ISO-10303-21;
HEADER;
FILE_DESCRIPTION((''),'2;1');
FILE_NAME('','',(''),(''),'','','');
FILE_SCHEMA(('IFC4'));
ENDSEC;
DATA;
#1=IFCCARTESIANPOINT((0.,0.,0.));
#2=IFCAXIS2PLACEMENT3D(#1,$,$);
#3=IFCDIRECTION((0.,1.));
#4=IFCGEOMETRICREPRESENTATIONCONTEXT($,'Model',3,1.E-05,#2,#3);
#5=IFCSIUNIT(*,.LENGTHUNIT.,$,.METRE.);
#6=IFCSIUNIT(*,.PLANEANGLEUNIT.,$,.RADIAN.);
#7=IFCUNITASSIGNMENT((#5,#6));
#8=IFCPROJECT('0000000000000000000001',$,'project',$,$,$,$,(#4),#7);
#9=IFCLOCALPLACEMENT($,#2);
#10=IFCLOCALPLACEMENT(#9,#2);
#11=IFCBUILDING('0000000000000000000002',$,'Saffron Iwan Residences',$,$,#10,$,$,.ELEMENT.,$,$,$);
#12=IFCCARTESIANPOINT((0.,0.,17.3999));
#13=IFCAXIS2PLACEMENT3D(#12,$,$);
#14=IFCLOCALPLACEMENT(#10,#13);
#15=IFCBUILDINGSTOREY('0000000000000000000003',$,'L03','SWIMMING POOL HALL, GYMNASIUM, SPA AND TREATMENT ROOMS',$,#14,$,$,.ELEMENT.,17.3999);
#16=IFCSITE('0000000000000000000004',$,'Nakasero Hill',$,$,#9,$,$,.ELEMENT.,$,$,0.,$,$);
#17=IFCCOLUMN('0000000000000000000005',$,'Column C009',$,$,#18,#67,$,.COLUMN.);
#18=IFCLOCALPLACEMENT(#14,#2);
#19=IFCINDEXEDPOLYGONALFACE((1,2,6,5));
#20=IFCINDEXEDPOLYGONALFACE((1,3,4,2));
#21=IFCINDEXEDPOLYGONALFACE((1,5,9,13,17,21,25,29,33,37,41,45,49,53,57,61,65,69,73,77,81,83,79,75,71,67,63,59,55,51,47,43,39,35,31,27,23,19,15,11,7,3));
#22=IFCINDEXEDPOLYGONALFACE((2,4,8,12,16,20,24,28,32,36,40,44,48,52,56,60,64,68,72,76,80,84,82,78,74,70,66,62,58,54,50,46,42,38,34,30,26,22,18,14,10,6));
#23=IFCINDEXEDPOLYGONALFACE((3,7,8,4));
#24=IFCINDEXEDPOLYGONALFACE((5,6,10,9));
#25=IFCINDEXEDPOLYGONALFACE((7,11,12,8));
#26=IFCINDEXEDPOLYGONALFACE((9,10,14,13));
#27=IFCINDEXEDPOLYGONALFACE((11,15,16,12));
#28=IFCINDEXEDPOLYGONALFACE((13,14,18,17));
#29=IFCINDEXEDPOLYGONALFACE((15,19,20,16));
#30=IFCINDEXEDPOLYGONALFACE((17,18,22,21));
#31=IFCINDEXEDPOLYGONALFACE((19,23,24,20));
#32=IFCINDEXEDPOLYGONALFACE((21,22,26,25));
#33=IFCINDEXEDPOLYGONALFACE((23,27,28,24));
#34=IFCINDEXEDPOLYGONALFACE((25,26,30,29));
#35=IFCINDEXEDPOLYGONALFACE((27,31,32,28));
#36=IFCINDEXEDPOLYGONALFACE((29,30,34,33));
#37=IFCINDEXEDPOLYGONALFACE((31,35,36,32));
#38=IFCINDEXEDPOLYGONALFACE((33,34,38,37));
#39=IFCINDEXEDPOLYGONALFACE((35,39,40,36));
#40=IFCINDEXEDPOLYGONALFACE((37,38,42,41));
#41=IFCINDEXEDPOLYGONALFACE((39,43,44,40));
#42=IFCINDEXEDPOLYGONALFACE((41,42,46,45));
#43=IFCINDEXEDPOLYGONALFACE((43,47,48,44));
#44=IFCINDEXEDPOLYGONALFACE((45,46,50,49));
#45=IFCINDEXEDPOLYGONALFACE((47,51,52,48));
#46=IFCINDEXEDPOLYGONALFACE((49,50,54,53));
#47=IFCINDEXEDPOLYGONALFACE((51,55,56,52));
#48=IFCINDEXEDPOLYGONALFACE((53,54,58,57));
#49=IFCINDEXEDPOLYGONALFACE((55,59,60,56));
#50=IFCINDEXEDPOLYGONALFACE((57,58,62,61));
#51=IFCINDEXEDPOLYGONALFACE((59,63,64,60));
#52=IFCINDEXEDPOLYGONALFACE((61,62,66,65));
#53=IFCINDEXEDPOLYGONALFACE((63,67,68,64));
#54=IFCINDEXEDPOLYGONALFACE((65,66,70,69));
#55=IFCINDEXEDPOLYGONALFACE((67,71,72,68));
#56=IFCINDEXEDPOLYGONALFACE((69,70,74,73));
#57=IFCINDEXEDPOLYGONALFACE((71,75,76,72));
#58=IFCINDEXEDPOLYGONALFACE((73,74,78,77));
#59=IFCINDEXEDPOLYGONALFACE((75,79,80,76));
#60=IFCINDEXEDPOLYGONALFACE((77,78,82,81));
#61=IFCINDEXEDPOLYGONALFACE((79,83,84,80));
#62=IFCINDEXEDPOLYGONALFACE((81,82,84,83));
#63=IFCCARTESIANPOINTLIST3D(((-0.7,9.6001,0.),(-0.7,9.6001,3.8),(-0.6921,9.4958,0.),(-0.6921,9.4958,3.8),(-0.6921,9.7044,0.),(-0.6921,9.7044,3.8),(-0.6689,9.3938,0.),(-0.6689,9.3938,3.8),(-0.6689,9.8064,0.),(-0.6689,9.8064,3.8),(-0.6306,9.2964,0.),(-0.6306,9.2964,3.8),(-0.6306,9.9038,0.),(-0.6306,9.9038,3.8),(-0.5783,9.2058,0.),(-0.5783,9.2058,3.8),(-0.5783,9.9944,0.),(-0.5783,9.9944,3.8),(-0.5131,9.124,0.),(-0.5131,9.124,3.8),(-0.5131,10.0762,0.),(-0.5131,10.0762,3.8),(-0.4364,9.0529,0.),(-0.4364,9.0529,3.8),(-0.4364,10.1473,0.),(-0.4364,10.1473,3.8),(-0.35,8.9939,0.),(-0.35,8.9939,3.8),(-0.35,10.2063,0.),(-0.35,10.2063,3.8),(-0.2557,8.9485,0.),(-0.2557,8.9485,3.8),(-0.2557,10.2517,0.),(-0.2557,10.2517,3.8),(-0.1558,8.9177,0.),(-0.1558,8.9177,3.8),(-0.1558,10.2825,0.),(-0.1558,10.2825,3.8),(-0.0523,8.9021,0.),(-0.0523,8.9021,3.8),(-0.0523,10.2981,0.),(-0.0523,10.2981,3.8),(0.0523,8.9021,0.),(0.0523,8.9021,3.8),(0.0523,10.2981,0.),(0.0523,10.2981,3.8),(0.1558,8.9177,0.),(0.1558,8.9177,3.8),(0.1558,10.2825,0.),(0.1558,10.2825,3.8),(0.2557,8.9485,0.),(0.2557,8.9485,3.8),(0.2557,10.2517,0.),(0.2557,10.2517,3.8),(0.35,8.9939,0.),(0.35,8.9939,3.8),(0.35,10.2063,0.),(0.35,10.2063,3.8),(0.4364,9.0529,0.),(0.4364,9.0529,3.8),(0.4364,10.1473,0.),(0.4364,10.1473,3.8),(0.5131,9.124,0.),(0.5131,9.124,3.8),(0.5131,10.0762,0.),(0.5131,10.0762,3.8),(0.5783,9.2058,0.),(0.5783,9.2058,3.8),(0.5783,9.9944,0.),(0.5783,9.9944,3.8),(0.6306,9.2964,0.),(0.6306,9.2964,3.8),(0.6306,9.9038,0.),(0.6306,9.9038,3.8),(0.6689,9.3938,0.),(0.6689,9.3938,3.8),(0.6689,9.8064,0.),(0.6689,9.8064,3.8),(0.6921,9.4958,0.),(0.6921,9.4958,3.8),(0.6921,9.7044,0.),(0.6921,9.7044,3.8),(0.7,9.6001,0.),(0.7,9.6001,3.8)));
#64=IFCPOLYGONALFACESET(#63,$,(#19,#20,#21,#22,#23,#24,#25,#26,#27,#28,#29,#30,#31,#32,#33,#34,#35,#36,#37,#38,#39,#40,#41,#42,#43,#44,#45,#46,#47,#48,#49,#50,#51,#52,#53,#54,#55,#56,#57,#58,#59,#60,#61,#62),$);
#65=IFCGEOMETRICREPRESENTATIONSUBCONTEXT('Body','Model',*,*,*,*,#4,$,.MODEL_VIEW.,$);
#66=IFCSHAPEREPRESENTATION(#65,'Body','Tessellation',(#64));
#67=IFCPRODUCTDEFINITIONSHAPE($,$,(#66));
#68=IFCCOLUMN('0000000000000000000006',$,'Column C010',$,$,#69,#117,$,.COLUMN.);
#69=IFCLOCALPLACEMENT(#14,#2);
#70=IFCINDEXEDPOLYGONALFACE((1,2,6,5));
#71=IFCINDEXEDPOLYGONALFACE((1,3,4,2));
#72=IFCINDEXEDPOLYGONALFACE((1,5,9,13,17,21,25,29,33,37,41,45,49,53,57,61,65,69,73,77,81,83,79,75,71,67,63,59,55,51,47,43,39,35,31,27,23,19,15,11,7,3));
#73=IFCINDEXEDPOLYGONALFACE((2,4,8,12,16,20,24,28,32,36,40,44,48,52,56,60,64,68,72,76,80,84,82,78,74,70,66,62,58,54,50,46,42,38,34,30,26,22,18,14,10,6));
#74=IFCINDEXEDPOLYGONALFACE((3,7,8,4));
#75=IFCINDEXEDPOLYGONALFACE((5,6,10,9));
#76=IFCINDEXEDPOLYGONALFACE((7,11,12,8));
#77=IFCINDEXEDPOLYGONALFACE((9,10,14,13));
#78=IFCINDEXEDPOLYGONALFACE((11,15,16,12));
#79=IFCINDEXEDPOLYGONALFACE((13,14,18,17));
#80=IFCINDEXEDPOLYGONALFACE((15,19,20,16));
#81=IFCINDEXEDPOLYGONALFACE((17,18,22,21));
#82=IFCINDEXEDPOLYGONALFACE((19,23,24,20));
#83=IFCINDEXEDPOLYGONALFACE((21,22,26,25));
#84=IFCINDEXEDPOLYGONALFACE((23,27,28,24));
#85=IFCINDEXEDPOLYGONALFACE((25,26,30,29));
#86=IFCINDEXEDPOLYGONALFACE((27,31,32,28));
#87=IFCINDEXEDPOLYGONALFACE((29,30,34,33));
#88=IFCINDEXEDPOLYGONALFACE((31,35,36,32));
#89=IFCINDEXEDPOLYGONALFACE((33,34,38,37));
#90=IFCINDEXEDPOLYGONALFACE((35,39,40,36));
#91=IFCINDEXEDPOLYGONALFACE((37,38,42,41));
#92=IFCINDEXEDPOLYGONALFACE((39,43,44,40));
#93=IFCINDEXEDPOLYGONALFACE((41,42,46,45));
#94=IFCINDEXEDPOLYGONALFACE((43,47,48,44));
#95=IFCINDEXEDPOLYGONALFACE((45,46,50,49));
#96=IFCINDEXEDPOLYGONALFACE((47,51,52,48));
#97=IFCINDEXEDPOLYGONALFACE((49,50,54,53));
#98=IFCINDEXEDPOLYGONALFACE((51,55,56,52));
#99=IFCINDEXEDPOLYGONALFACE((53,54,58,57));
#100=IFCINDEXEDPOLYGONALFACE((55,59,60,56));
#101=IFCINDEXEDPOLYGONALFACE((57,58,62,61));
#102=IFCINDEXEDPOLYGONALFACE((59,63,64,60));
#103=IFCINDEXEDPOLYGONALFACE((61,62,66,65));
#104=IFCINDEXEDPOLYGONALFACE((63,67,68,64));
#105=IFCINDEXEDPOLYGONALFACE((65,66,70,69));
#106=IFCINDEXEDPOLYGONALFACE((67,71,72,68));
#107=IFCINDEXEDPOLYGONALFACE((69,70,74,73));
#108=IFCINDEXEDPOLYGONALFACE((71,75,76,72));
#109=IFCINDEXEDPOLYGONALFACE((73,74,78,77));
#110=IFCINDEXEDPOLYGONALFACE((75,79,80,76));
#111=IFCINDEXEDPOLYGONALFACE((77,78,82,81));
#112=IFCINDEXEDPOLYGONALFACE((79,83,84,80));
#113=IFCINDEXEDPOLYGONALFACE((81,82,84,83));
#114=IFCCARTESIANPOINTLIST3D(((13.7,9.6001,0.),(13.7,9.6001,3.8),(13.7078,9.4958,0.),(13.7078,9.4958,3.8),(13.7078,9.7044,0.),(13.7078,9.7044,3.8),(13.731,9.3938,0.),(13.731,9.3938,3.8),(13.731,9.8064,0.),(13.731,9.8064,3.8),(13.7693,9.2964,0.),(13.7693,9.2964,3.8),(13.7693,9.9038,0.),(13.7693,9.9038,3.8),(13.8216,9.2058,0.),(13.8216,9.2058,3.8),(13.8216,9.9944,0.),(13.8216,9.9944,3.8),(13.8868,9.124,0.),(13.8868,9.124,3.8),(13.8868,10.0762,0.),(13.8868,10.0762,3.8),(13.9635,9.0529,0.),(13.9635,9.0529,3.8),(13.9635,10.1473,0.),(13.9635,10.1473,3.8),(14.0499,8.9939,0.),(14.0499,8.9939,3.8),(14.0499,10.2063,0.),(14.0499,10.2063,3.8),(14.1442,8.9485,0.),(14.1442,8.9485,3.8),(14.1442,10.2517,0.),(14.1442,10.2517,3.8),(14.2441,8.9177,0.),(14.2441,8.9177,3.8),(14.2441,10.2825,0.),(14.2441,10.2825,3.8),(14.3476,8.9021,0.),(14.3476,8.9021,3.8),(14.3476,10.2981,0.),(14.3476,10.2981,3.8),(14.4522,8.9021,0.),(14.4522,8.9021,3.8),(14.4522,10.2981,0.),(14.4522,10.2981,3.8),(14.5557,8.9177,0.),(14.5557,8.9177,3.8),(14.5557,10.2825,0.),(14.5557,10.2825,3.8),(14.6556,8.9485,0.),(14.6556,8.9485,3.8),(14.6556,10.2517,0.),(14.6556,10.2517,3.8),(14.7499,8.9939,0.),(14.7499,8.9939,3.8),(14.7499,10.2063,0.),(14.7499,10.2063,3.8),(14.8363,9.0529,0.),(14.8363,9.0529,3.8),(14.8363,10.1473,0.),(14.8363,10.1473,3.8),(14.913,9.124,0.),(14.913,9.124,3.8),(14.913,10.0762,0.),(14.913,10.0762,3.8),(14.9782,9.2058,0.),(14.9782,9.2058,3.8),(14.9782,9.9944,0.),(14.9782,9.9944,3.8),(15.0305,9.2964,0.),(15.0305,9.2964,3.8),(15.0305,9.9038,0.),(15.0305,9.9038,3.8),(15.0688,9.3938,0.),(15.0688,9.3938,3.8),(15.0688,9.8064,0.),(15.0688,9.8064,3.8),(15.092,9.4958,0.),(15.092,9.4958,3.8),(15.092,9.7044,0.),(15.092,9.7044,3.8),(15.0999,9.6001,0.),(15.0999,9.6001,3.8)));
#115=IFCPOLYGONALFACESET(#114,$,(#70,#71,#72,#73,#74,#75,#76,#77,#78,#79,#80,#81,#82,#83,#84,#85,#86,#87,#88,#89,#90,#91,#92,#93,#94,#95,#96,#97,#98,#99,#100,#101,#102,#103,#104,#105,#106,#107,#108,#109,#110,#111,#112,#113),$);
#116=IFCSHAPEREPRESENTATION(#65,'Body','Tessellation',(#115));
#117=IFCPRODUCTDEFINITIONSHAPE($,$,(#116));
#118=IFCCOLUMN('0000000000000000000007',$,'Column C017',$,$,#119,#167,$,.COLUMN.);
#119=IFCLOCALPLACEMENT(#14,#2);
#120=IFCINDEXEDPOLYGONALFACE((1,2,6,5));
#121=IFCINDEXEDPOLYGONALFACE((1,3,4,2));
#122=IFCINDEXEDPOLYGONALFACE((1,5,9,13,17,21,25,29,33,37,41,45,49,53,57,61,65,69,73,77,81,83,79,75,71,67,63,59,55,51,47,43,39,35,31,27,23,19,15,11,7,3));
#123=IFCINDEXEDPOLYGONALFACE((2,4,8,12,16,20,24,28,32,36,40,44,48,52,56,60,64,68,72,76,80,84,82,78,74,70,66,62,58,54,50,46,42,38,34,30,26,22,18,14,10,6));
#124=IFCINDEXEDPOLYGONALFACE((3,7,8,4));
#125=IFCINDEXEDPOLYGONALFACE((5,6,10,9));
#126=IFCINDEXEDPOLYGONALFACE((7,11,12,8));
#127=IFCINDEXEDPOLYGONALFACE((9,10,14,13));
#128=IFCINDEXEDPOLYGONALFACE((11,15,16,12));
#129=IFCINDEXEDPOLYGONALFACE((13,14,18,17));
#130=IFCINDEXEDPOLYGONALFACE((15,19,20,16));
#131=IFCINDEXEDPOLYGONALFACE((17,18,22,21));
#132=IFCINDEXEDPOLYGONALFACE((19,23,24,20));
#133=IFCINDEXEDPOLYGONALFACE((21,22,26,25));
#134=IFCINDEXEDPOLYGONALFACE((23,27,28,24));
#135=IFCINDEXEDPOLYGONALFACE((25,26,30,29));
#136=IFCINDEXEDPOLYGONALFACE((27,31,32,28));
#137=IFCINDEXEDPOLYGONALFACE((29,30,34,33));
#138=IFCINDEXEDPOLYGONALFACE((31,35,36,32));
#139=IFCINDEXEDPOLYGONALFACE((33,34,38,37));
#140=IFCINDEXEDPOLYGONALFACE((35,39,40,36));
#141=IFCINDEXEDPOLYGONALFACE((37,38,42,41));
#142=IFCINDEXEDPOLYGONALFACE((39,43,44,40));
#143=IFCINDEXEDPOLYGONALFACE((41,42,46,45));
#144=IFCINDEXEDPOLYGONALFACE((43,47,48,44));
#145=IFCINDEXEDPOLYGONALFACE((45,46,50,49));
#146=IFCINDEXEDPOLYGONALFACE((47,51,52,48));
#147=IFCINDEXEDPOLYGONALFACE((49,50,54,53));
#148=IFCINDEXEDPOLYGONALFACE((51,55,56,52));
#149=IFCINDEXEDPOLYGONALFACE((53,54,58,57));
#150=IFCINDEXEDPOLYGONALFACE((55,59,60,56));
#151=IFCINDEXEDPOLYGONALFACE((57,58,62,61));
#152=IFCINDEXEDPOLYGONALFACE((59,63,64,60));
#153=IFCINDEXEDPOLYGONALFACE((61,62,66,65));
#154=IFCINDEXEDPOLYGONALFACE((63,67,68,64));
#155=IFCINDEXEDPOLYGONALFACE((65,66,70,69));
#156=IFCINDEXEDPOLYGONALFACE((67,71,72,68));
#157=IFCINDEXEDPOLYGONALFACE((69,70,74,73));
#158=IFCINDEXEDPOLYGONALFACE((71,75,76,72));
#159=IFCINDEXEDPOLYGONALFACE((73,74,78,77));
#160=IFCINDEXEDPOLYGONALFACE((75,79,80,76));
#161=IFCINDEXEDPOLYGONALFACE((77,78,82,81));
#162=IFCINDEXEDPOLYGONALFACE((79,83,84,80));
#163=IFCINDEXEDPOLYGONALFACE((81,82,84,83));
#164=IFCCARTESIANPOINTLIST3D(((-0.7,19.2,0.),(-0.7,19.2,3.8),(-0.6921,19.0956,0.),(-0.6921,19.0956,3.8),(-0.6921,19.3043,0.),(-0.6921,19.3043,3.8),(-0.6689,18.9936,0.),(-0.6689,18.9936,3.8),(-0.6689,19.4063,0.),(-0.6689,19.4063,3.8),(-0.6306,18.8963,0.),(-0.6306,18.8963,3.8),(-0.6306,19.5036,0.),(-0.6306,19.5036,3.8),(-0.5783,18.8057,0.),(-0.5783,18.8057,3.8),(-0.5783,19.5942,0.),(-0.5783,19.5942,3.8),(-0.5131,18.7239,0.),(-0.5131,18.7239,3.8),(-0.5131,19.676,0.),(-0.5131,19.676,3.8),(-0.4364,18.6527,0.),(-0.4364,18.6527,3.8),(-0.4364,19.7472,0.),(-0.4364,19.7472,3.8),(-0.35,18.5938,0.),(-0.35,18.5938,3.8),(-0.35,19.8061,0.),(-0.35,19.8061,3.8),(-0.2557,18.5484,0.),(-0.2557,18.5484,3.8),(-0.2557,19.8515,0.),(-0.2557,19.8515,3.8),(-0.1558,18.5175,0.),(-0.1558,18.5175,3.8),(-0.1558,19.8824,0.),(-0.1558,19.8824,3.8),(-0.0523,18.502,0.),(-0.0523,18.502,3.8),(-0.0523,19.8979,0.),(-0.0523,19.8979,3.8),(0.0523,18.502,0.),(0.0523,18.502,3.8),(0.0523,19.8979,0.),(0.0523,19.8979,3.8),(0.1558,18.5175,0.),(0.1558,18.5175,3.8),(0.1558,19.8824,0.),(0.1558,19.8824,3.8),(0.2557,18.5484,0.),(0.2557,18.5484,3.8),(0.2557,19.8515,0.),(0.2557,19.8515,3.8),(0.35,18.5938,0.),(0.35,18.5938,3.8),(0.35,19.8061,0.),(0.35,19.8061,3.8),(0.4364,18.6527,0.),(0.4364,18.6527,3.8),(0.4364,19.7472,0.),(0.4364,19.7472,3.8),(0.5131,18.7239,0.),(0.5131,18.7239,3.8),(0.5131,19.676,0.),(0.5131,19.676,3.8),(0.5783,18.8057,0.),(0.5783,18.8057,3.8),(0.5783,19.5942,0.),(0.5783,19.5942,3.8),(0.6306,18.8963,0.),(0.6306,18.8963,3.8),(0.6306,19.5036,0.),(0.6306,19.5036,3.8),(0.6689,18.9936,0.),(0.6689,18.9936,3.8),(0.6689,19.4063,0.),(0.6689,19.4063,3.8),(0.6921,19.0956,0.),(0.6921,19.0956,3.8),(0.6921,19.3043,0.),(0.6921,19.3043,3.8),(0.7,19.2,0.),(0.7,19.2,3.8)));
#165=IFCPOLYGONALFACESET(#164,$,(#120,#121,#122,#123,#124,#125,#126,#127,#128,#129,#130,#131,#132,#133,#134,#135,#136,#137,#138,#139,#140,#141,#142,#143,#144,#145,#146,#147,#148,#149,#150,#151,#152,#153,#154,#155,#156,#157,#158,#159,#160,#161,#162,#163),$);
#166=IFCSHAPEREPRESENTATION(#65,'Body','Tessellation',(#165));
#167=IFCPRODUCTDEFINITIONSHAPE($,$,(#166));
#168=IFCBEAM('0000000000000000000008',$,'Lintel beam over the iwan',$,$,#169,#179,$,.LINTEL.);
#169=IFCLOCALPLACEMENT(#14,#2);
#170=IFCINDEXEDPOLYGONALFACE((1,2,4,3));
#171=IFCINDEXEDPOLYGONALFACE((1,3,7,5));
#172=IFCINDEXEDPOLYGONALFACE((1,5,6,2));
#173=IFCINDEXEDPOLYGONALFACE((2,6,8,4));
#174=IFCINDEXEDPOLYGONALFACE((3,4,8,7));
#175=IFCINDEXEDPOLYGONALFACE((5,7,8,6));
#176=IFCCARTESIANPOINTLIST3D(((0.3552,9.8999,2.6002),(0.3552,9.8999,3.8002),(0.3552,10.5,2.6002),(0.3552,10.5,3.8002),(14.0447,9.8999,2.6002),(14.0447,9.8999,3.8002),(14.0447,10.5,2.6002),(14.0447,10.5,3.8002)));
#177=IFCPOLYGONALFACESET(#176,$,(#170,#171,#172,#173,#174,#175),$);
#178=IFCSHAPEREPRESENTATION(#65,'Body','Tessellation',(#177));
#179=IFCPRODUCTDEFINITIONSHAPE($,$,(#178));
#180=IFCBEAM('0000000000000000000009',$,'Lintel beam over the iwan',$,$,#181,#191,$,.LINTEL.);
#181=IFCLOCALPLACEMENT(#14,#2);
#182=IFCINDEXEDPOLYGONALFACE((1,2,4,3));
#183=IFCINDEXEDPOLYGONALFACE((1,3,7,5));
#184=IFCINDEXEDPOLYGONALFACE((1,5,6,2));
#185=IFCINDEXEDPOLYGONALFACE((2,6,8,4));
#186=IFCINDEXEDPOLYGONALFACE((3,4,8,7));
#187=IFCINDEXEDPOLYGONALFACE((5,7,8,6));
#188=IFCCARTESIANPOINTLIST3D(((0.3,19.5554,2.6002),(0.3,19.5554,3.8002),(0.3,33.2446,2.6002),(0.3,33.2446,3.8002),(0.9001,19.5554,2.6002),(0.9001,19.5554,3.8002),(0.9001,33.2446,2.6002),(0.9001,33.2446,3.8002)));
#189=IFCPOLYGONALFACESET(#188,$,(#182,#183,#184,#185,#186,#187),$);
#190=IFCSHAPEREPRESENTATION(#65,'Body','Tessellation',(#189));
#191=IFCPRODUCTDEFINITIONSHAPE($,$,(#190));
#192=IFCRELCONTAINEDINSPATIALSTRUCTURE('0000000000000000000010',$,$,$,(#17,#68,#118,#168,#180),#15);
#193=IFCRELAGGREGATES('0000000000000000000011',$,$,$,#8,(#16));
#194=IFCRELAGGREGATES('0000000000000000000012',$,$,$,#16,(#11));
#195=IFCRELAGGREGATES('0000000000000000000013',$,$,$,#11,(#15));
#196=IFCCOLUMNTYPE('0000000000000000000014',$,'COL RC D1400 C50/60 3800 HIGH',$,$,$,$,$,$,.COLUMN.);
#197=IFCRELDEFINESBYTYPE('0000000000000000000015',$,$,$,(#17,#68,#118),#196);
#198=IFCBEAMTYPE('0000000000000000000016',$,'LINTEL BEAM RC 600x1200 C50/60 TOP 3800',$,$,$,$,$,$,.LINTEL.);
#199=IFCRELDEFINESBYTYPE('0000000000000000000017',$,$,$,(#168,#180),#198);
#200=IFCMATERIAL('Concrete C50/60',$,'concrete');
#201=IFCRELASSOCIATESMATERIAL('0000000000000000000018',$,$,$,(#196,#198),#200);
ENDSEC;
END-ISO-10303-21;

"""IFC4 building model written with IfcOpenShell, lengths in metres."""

from ifc_helpers import new_model, si_unit, direction, frame, origin, origin_2d, place, context, subcontext, project, spatial, rectangle, circle, extrude, source, transform, mapped, material, material_profile, profile_set, type_object, element, save


model = new_model("IFC4")

# Units and contexts
model_context = context("Model", 3, precision=1e-05, world=origin(), true_north=direction((0.0, 1.0)))
body_context = subcontext(model_context, "Body", "Model", "MODEL_VIEW")
ifc_project = project(units=[si_unit("LENGTHUNIT", "METRE"), si_unit("PLANEANGLEUNIT", "RADIAN")], contexts=[model_context])

# Site, building, storey
site_placement = place(None, origin())
site = spatial("IfcSite", under=ifc_project, at=site_placement, Name="Nakasero Hill", CompositionType="ELEMENT", RefElevation=0.0)
building_placement = place(site_placement, origin())
building = spatial("IfcBuilding", under=site, at=building_placement, Name="Saffron Iwan Residences", CompositionType="ELEMENT")
storey_placement = place(building_placement, frame((0.0, 0.0, 17.3999)))
storey = spatial("IfcBuildingStorey", under=building, at=storey_placement, Name="L03", Description="SWIMMING POOL HALL, GYMNASIUM, SPA AND TREATMENT ROOMS", CompositionType="ELEMENT", Elevation=17.3999)

# Columns
ifc_material_1 = material(Name="Concrete C50/60", Category="concrete")
ifc_material_profile_1 = material_profile(ifc_material_1, circle(Radius=0.7, at=origin_2d()), Name="RC D1400")
ifc_profile_set_1 = profile_set([ifc_material_profile_1], Name="Concrete C50/60")
column_type = type_object("IfcColumnType", Name="COL RC D1400 C50/60 3800 HIGH", PredefinedType="COLUMN", material=ifc_profile_set_1)
shared_shape_1 = source(origin(), body_context, "Body", "SweptSolid", [
    extrude(circle(Radius=0.7, at=origin_2d()), origin(), (0.0, 0.0, 1.0), 3.8),
])
for number, where, z_axis, x_axis, name in (
    (1, (0.0, 9.6001, 0.0), (0.0, 0.0, 1.0), (1.0, 0.0, 0.0), "Column C009"),
    (2, (14.3999, 9.6001, 0.0), (0.0, 0.0, 1.0), (1.0, 0.0, 0.0), "Column C010"),
    (3, (0.0, 19.2, 0.0), (0.0, 0.0, 1.0), (1.0, 0.0, 0.0), "Column C017"),
):
    element("IfcColumn", number, at=place(storey_placement, frame(where, z_axis=z_axis, x_axis=x_axis)), inside=storey, type_object=column_type, Name=name, PredefinedType="COLUMN", context=body_context, shape_type="MappedRepresentation", body=[
        mapped(shared_shape_1, transform((0.0, 0.0, 0.0))),
    ])

# Beams
ifc_material_profile_2 = material_profile(ifc_material_1, rectangle(XDim=0.6001, YDim=1.2, at=origin_2d()), Name="RC 600x1200")
ifc_profile_set_2 = profile_set([ifc_material_profile_2], Name="Concrete C50/60")
beam_type_1 = type_object("IfcBeamType", Name="LINTEL BEAM RC 600x1200 C50/60 TOP 3800", PredefinedType="LINTEL", material=ifc_profile_set_2)
shared_shape_2 = source(origin(), body_context, "Body", "SweptSolid", [
    extrude(rectangle(XDim=0.6001, YDim=1.2, at=origin_2d()), origin(), (0.0, 0.0, 1.0), 13.6895),
])
beam_1_placement = place(storey_placement, frame((14.0447, 10.2, 3.2002), z_axis=(-1.0, 0.0, 0.0), x_axis=(0.0, -1.0, 0.0)))
element("IfcBeam", 4, at=beam_1_placement, inside=storey, type_object=beam_type_1, Name="Lintel beam over the iwan", PredefinedType="LINTEL", context=body_context, shape_type="MappedRepresentation", body=[
    mapped(shared_shape_2, transform((0.0, 0.0, 0.0))),
])
shared_shape_3 = source(origin(), body_context, "Body", "SweptSolid", [
    extrude(rectangle(XDim=0.6001, YDim=1.2, at=origin_2d()), origin(), (0.0, 0.0, 1.0), 13.6892),
])
beam_2_placement = place(storey_placement, frame((0.6001, 19.5554, 3.2002), z_axis=(0.0, 1.0, 0.0), x_axis=(-1.0, 0.0, 0.0)))
element("IfcBeam", 5, at=beam_2_placement, inside=storey, type_object=beam_type_1, Name="Lintel beam over the iwan", PredefinedType="LINTEL", context=body_context, shape_type="MappedRepresentation", body=[
    mapped(shared_shape_3, transform((0.0, 0.0, 0.0))),
])

save(model, "model.ifc")
